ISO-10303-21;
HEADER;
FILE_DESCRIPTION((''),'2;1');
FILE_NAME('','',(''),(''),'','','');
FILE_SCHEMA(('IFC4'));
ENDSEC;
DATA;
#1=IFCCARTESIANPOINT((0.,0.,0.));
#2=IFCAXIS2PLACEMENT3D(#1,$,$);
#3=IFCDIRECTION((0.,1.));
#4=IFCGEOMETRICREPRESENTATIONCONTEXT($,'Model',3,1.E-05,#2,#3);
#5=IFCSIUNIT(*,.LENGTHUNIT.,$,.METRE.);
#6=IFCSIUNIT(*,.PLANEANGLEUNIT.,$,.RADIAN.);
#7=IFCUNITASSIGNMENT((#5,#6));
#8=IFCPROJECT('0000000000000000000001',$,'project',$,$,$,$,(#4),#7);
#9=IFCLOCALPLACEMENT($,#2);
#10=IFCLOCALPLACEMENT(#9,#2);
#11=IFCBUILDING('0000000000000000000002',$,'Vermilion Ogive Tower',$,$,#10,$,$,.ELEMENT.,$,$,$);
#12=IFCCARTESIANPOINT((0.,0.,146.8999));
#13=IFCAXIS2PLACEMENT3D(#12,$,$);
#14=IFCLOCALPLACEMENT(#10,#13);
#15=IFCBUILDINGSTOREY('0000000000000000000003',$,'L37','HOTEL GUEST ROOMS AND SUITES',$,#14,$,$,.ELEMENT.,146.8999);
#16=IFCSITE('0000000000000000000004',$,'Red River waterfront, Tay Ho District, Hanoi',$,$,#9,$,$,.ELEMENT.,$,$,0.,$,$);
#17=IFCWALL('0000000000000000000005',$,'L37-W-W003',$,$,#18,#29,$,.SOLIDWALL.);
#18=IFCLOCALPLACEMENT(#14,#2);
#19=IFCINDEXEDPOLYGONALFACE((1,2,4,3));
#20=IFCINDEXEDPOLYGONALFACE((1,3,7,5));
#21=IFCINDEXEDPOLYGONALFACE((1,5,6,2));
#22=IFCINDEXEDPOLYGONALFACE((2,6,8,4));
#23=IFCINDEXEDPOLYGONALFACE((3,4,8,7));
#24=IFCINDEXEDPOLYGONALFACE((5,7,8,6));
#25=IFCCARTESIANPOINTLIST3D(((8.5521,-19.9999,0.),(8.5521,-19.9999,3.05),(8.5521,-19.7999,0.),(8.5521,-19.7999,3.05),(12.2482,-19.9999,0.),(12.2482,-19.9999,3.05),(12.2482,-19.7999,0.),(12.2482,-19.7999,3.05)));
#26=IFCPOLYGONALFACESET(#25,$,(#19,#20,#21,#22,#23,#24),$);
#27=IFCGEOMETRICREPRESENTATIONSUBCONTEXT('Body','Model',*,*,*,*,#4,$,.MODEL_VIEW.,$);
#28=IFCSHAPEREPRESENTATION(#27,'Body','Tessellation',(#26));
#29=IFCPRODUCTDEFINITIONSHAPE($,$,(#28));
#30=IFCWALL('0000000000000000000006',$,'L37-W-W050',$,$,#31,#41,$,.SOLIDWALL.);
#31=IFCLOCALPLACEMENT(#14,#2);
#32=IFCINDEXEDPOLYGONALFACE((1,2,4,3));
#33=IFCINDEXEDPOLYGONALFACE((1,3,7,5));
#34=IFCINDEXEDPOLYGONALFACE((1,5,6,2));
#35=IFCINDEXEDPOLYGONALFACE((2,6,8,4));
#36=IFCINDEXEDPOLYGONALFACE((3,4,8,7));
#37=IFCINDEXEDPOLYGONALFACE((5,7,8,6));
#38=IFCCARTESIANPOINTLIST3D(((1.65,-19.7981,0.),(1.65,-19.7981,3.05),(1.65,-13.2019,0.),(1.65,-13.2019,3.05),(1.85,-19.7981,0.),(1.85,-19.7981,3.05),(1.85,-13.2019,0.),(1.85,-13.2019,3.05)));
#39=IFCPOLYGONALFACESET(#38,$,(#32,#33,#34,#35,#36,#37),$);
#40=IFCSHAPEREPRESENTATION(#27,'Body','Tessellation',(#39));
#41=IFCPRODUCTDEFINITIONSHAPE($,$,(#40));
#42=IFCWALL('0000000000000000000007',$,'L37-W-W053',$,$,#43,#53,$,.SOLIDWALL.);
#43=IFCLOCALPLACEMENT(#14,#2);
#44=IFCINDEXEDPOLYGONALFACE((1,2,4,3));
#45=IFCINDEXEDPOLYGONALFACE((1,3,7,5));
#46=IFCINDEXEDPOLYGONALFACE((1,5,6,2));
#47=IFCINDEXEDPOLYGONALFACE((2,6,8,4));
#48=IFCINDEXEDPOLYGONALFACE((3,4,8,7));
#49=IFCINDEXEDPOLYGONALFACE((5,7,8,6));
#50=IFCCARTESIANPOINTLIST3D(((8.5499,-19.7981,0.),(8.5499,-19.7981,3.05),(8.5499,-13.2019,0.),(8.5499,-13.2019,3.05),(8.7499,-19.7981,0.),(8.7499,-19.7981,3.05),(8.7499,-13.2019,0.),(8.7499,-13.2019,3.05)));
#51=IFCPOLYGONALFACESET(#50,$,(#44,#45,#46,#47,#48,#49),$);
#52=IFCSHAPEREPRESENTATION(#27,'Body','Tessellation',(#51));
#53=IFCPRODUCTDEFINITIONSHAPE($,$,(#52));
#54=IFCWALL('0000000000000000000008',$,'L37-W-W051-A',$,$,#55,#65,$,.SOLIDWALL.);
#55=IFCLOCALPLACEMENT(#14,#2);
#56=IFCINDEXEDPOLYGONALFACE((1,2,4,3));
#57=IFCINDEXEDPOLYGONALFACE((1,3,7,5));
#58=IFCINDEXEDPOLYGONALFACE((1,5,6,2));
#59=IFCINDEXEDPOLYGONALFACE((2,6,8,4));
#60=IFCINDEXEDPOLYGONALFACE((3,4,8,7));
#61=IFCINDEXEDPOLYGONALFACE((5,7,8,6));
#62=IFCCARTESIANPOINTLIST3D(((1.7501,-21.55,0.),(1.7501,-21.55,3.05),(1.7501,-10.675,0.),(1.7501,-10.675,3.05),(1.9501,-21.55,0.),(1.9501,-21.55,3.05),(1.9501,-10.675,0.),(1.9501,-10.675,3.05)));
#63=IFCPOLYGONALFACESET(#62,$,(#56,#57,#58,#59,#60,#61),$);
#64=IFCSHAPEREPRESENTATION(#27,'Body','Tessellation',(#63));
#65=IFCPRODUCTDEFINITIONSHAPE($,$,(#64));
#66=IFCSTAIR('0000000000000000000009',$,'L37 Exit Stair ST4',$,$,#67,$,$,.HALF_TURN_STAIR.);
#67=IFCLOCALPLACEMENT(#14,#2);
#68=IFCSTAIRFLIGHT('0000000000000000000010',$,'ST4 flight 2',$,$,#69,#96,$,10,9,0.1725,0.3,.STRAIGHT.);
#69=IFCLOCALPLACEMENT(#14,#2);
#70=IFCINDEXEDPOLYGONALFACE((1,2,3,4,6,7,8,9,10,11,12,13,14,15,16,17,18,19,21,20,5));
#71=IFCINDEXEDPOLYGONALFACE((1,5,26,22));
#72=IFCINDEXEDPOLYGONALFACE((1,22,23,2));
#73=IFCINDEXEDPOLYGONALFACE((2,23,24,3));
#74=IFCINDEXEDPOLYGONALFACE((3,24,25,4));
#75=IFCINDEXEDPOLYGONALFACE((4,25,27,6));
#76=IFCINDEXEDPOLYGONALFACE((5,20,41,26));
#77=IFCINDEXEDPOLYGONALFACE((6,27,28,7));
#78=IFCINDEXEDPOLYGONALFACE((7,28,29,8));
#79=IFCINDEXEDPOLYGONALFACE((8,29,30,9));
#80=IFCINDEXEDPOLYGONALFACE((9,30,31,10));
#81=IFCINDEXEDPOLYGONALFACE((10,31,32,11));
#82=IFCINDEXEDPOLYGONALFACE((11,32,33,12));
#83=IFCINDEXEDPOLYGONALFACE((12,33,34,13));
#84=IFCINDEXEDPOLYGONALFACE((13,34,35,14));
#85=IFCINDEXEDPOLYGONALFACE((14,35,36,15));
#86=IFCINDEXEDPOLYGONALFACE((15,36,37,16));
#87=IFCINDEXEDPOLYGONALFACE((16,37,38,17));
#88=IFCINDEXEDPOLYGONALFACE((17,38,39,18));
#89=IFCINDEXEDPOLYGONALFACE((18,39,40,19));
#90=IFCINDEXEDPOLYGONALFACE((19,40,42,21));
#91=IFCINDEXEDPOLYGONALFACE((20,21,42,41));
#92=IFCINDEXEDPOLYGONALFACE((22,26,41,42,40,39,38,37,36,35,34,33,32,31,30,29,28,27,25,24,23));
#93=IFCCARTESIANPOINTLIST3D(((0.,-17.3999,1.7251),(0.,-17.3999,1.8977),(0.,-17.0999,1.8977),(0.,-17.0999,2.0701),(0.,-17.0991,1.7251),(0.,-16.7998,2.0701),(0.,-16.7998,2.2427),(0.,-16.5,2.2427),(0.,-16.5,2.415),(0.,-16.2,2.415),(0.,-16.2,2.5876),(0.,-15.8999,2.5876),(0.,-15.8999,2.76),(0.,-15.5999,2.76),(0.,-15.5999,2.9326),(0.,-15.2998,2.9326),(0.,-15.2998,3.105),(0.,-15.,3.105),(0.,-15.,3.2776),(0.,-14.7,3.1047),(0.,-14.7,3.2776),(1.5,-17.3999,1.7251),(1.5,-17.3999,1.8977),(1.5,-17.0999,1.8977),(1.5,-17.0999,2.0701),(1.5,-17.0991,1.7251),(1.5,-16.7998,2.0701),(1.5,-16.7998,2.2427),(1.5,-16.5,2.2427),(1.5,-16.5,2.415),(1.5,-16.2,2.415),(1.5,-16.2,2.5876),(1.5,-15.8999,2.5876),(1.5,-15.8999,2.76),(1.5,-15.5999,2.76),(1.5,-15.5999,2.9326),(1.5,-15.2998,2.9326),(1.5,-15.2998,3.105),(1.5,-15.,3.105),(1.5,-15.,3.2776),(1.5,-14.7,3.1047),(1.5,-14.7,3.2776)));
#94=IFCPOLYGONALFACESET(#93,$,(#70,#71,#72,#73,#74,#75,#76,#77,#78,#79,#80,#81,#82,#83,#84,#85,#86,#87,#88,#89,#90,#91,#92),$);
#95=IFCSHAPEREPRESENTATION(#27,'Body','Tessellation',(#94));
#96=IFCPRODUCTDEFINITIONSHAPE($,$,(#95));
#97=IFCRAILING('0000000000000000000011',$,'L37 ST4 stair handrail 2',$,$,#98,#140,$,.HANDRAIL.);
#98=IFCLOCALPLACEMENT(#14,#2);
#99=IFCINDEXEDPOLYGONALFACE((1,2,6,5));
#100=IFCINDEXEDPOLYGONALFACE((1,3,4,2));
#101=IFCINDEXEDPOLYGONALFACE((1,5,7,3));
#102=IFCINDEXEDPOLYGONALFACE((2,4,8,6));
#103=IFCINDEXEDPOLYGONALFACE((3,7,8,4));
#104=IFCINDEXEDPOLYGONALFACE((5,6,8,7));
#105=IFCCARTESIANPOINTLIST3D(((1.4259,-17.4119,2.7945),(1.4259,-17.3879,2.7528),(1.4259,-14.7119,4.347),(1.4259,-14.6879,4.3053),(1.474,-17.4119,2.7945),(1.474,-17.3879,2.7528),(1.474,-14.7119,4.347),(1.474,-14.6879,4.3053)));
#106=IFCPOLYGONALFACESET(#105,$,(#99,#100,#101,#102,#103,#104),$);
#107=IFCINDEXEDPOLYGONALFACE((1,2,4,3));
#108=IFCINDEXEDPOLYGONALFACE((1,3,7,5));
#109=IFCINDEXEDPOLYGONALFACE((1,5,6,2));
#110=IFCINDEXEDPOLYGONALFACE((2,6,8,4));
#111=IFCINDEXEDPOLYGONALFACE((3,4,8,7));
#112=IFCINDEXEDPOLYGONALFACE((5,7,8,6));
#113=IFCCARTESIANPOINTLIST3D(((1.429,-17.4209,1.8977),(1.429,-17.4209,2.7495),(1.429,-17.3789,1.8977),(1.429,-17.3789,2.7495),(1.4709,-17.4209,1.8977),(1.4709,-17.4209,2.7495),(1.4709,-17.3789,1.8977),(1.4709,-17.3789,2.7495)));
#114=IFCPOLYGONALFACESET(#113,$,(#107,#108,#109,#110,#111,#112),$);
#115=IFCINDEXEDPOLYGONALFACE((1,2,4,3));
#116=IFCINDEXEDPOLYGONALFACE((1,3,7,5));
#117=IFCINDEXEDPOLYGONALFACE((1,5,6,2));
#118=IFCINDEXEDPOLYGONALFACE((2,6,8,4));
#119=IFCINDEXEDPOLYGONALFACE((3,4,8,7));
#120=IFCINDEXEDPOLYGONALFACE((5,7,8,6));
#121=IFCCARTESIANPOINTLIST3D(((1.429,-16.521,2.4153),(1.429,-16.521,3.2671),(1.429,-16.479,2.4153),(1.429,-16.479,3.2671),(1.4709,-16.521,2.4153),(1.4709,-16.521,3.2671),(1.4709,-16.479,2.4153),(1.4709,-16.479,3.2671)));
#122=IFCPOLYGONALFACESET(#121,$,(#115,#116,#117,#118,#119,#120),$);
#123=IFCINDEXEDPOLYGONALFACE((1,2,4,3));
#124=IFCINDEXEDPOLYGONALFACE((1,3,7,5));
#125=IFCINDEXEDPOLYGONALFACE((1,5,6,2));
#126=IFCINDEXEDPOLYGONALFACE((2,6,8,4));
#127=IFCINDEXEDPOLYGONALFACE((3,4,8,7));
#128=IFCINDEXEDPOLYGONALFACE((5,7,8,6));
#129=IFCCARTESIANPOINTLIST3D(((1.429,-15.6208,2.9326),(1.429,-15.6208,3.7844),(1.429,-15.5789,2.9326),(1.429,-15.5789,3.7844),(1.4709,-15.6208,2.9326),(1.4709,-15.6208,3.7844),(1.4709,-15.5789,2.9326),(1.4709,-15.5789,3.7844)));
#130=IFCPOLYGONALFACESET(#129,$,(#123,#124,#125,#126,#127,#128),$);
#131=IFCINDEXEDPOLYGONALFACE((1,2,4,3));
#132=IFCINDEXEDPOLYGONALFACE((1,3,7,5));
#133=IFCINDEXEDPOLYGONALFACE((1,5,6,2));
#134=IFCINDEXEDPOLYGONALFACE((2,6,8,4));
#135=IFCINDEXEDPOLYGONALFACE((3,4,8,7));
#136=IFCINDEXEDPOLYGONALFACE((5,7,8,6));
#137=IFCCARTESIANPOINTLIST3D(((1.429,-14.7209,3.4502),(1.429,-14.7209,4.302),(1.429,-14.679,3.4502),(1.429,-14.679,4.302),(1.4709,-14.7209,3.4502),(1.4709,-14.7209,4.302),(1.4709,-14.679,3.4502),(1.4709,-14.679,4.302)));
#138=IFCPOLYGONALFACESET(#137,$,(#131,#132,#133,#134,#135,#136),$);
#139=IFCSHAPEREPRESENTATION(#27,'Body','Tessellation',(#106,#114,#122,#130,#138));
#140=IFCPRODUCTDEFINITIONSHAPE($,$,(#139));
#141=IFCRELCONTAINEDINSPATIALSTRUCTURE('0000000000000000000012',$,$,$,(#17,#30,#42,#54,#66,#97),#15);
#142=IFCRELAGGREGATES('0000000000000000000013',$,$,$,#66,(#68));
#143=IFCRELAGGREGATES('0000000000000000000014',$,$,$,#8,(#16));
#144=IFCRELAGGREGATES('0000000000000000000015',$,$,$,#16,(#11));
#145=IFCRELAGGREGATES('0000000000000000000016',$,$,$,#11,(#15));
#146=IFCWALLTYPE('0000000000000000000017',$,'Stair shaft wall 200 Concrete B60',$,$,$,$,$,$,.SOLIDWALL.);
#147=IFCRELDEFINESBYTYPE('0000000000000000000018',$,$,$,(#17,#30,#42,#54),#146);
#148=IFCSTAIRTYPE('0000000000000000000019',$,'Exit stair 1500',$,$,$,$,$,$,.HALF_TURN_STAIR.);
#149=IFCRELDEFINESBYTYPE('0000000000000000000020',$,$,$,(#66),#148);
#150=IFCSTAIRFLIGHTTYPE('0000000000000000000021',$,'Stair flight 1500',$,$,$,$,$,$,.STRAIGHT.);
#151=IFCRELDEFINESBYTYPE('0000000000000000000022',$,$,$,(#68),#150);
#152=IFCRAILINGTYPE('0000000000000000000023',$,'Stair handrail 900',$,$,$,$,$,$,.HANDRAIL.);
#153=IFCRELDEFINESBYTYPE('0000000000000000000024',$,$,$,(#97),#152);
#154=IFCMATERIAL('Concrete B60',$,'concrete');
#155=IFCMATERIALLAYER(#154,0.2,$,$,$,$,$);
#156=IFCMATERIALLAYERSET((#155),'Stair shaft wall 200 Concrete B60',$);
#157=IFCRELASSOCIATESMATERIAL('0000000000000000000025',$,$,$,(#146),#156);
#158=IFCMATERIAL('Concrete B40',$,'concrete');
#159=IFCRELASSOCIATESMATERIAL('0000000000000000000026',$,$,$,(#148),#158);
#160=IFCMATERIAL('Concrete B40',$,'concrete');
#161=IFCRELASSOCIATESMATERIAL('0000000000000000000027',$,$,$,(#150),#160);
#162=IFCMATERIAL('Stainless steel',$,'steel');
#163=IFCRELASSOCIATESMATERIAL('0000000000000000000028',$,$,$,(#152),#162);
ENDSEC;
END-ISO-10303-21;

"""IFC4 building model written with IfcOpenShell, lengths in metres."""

from ifc_helpers import new_model, si_unit, direction, frame, frame_2d, origin, origin_2d, place, context, subcontext, project, spatial, polyline, rectangle, outline, extrude, material, layer, layer_set, type_object, element, aggregate, save


model = new_model("IFC4")

# Units and contexts
model_context = context("Model", 3, precision=1e-05, world=origin(), true_north=direction((0.0, 1.0)))
body_context = subcontext(model_context, "Body", "Model", "MODEL_VIEW")
ifc_project = project(units=[si_unit("LENGTHUNIT", "METRE"), si_unit("PLANEANGLEUNIT", "RADIAN")], contexts=[model_context])

# Site, building, storey
site_placement = place(None, origin())
site = spatial("IfcSite", under=ifc_project, at=site_placement, Name="Red River waterfront, Tay Ho District, Hanoi", CompositionType="ELEMENT", RefElevation=0.0)
building_placement = place(site_placement, origin())
building = spatial("IfcBuilding", under=site, at=building_placement, Name="Vermilion Ogive Tower", CompositionType="ELEMENT")
storey_placement = place(building_placement, frame((0.0, 0.0, 146.8999)))
storey = spatial("IfcBuildingStorey", under=building, at=storey_placement, Name="L37", Description="HOTEL GUEST ROOMS AND SUITES", CompositionType="ELEMENT", Elevation=146.8999)

# Walls
ifc_material_1 = material(Name="Concrete B60", Category="concrete")
ifc_layer_1 = layer(ifc_material_1, 0.2)
ifc_layer_set_1 = layer_set([ifc_layer_1], Name="Stair shaft wall 200 Concrete B60")
wall_type = type_object("IfcWallType", Name="Stair shaft wall 200 Concrete B60", PredefinedType="SOLIDWALL", material=ifc_layer_set_1)
wall_1_placement = place(storey_placement, frame((8.552, -19.8999, 0.0), z_axis=(0.0, 0.0, 1.0), x_axis=(1.0, 0.0, 0.0)))
element("IfcWall", 1, at=wall_1_placement, inside=storey, type_object=wall_type, Name="L37-W-W003", PredefinedType="SOLIDWALL", context=body_context, shape_type="SweptSolid", body=[
    extrude(rectangle(XDim=3.696, YDim=0.2, at=frame_2d((1.8481, 0.0))), origin(), (0.0, 0.0, 1.0), 3.05),
])
for number, where, z_axis, x_axis, name in (
    (2, (1.75, -19.7981, 0.0), (0.0, 0.0, 1.0), (0.0, 1.0, 0.0), "L37-W-W050"),
    (3, (8.6499, -19.7981, 0.0), (0.0, 0.0, 1.0), (0.0, 1.0, 0.0), "L37-W-W053"),
):
    element("IfcWall", number, at=place(storey_placement, frame(where, z_axis=z_axis, x_axis=x_axis)), inside=storey, type_object=wall_type, Name=name, PredefinedType="SOLIDWALL", context=body_context, shape_type="SweptSolid", body=[
        extrude(rectangle(XDim=6.5962, YDim=0.2, at=frame_2d((3.2981, 0.0))), origin(), (0.0, 0.0, 1.0), 3.05),
    ])
wall_2_placement = place(storey_placement, frame((1.8501, -21.55, 0.0), z_axis=(0.0, 0.0, 1.0), x_axis=(0.0, 1.0, 0.0)))
element("IfcWall", 4, at=wall_2_placement, inside=storey, type_object=wall_type, Name="L37-W-W051-A", PredefinedType="SOLIDWALL", context=body_context, shape_type="SweptSolid", body=[
    extrude(rectangle(XDim=10.875, YDim=0.2, at=frame_2d((5.4375, 0.0))), origin(), (0.0, 0.0, 1.0), 3.05),
])

# Stair, stair flight
ifc_material_2 = material(Name="Concrete B40", Category="concrete")
stair_type = type_object("IfcStairType", Name="Exit stair 1500", PredefinedType="HALF_TURN_STAIR", material=ifc_material_2)
stair_placement = place(storey_placement, origin())
stair = element("IfcStair", 5, at=stair_placement, inside=storey, type_object=stair_type, Name="L37 Exit Stair ST4", PredefinedType="HALF_TURN_STAIR")
ifc_material_3 = material(Name="Concrete B40", Category="concrete")
stair_flight_type = type_object("IfcStairFlightType", Name="Stair flight 1500", PredefinedType="STRAIGHT", material=ifc_material_3)
stair_flight_placement = place(storey_placement, frame((0.75, -17.3999, 1.7251), z_axis=(0.0, 0.0, 1.0), x_axis=(0.0, 1.0, 0.0)))
stair_flight = element("IfcStairFlight", 6, at=stair_flight_placement, type_object=stair_flight_type, Name="ST4 flight 2", NumberOfRisers=10, NumberOfTreads=9, PredefinedType="STRAIGHT", RiserHeight=0.1725, TreadLength=0.3, context=body_context, shape_type="SweptSolid", body=[
    extrude(outline(polyline([(0.0, 0.0), (0.0, 0.1726), (0.3, 0.1726), (0.3, 0.345), (0.6001, 0.345), (0.6001, 0.5176), (0.8999, 0.5176), (0.8999, 0.6899), (1.2, 0.6899), (1.2, 0.8625), (1.5, 0.8625), (1.5, 1.0349), (1.8, 1.0349), (1.8, 1.2075), (2.1001, 1.2075), (2.1001, 1.3799), (2.3999, 1.3799), (2.3999, 1.5525), (2.7, 1.5525), (2.7, 1.7251), (2.7, 1.3796), (0.3008, 0.0), (0.0, 0.0)])), frame((0.0, 0.75, 0.0), z_axis=(0.0, -1.0, 0.0), x_axis=(1.0, 0.0, 0.0)), (0.0, 0.0, 1.0), 1.5),
])
aggregate(stair, [stair_flight])

# Railing
ifc_material_4 = material(Name="Stainless steel", Category="steel")
railing_type = type_object("IfcRailingType", Name="Stair handrail 900", PredefinedType="HANDRAIL", material=ifc_material_4)
railing_placement = place(storey_placement, frame((1.45, -17.3999, 1.8977)))
element("IfcRailing", 7, at=railing_placement, inside=storey, type_object=railing_type, Name="L37 ST4 stair handrail 2", PredefinedType="HANDRAIL", context=body_context, shape_type="SweptSolid", body=[
    extrude(rectangle(XDim=0.0481, YDim=0.0481, at=origin_2d()), frame((0.0, 0.0, 0.876), z_axis=(0.0, 0.866904, 0.498476), x_axis=(-1.0, 0.0, 0.0)), (0.0, 0.0, 1.0), 3.1145),
    extrude(rectangle(XDim=0.042, YDim=0.042, at=origin_2d()), origin(), (0.0, 0.0, 1.0), 0.8518),
    extrude(rectangle(XDim=0.042, YDim=0.042, at=origin_2d()), frame((0.0, 0.8999, 0.5176)), (0.0, 0.0, 1.0), 0.8518),
    extrude(rectangle(XDim=0.042, YDim=0.042, at=origin_2d()), frame((0.0, 1.8, 1.0349)), (0.0, 0.0, 1.0), 0.8518),
    extrude(rectangle(XDim=0.042, YDim=0.042, at=origin_2d()), frame((0.0, 2.7, 1.5525)), (0.0, 0.0, 1.0), 0.8518),
])

save(model, "model.ifc")
